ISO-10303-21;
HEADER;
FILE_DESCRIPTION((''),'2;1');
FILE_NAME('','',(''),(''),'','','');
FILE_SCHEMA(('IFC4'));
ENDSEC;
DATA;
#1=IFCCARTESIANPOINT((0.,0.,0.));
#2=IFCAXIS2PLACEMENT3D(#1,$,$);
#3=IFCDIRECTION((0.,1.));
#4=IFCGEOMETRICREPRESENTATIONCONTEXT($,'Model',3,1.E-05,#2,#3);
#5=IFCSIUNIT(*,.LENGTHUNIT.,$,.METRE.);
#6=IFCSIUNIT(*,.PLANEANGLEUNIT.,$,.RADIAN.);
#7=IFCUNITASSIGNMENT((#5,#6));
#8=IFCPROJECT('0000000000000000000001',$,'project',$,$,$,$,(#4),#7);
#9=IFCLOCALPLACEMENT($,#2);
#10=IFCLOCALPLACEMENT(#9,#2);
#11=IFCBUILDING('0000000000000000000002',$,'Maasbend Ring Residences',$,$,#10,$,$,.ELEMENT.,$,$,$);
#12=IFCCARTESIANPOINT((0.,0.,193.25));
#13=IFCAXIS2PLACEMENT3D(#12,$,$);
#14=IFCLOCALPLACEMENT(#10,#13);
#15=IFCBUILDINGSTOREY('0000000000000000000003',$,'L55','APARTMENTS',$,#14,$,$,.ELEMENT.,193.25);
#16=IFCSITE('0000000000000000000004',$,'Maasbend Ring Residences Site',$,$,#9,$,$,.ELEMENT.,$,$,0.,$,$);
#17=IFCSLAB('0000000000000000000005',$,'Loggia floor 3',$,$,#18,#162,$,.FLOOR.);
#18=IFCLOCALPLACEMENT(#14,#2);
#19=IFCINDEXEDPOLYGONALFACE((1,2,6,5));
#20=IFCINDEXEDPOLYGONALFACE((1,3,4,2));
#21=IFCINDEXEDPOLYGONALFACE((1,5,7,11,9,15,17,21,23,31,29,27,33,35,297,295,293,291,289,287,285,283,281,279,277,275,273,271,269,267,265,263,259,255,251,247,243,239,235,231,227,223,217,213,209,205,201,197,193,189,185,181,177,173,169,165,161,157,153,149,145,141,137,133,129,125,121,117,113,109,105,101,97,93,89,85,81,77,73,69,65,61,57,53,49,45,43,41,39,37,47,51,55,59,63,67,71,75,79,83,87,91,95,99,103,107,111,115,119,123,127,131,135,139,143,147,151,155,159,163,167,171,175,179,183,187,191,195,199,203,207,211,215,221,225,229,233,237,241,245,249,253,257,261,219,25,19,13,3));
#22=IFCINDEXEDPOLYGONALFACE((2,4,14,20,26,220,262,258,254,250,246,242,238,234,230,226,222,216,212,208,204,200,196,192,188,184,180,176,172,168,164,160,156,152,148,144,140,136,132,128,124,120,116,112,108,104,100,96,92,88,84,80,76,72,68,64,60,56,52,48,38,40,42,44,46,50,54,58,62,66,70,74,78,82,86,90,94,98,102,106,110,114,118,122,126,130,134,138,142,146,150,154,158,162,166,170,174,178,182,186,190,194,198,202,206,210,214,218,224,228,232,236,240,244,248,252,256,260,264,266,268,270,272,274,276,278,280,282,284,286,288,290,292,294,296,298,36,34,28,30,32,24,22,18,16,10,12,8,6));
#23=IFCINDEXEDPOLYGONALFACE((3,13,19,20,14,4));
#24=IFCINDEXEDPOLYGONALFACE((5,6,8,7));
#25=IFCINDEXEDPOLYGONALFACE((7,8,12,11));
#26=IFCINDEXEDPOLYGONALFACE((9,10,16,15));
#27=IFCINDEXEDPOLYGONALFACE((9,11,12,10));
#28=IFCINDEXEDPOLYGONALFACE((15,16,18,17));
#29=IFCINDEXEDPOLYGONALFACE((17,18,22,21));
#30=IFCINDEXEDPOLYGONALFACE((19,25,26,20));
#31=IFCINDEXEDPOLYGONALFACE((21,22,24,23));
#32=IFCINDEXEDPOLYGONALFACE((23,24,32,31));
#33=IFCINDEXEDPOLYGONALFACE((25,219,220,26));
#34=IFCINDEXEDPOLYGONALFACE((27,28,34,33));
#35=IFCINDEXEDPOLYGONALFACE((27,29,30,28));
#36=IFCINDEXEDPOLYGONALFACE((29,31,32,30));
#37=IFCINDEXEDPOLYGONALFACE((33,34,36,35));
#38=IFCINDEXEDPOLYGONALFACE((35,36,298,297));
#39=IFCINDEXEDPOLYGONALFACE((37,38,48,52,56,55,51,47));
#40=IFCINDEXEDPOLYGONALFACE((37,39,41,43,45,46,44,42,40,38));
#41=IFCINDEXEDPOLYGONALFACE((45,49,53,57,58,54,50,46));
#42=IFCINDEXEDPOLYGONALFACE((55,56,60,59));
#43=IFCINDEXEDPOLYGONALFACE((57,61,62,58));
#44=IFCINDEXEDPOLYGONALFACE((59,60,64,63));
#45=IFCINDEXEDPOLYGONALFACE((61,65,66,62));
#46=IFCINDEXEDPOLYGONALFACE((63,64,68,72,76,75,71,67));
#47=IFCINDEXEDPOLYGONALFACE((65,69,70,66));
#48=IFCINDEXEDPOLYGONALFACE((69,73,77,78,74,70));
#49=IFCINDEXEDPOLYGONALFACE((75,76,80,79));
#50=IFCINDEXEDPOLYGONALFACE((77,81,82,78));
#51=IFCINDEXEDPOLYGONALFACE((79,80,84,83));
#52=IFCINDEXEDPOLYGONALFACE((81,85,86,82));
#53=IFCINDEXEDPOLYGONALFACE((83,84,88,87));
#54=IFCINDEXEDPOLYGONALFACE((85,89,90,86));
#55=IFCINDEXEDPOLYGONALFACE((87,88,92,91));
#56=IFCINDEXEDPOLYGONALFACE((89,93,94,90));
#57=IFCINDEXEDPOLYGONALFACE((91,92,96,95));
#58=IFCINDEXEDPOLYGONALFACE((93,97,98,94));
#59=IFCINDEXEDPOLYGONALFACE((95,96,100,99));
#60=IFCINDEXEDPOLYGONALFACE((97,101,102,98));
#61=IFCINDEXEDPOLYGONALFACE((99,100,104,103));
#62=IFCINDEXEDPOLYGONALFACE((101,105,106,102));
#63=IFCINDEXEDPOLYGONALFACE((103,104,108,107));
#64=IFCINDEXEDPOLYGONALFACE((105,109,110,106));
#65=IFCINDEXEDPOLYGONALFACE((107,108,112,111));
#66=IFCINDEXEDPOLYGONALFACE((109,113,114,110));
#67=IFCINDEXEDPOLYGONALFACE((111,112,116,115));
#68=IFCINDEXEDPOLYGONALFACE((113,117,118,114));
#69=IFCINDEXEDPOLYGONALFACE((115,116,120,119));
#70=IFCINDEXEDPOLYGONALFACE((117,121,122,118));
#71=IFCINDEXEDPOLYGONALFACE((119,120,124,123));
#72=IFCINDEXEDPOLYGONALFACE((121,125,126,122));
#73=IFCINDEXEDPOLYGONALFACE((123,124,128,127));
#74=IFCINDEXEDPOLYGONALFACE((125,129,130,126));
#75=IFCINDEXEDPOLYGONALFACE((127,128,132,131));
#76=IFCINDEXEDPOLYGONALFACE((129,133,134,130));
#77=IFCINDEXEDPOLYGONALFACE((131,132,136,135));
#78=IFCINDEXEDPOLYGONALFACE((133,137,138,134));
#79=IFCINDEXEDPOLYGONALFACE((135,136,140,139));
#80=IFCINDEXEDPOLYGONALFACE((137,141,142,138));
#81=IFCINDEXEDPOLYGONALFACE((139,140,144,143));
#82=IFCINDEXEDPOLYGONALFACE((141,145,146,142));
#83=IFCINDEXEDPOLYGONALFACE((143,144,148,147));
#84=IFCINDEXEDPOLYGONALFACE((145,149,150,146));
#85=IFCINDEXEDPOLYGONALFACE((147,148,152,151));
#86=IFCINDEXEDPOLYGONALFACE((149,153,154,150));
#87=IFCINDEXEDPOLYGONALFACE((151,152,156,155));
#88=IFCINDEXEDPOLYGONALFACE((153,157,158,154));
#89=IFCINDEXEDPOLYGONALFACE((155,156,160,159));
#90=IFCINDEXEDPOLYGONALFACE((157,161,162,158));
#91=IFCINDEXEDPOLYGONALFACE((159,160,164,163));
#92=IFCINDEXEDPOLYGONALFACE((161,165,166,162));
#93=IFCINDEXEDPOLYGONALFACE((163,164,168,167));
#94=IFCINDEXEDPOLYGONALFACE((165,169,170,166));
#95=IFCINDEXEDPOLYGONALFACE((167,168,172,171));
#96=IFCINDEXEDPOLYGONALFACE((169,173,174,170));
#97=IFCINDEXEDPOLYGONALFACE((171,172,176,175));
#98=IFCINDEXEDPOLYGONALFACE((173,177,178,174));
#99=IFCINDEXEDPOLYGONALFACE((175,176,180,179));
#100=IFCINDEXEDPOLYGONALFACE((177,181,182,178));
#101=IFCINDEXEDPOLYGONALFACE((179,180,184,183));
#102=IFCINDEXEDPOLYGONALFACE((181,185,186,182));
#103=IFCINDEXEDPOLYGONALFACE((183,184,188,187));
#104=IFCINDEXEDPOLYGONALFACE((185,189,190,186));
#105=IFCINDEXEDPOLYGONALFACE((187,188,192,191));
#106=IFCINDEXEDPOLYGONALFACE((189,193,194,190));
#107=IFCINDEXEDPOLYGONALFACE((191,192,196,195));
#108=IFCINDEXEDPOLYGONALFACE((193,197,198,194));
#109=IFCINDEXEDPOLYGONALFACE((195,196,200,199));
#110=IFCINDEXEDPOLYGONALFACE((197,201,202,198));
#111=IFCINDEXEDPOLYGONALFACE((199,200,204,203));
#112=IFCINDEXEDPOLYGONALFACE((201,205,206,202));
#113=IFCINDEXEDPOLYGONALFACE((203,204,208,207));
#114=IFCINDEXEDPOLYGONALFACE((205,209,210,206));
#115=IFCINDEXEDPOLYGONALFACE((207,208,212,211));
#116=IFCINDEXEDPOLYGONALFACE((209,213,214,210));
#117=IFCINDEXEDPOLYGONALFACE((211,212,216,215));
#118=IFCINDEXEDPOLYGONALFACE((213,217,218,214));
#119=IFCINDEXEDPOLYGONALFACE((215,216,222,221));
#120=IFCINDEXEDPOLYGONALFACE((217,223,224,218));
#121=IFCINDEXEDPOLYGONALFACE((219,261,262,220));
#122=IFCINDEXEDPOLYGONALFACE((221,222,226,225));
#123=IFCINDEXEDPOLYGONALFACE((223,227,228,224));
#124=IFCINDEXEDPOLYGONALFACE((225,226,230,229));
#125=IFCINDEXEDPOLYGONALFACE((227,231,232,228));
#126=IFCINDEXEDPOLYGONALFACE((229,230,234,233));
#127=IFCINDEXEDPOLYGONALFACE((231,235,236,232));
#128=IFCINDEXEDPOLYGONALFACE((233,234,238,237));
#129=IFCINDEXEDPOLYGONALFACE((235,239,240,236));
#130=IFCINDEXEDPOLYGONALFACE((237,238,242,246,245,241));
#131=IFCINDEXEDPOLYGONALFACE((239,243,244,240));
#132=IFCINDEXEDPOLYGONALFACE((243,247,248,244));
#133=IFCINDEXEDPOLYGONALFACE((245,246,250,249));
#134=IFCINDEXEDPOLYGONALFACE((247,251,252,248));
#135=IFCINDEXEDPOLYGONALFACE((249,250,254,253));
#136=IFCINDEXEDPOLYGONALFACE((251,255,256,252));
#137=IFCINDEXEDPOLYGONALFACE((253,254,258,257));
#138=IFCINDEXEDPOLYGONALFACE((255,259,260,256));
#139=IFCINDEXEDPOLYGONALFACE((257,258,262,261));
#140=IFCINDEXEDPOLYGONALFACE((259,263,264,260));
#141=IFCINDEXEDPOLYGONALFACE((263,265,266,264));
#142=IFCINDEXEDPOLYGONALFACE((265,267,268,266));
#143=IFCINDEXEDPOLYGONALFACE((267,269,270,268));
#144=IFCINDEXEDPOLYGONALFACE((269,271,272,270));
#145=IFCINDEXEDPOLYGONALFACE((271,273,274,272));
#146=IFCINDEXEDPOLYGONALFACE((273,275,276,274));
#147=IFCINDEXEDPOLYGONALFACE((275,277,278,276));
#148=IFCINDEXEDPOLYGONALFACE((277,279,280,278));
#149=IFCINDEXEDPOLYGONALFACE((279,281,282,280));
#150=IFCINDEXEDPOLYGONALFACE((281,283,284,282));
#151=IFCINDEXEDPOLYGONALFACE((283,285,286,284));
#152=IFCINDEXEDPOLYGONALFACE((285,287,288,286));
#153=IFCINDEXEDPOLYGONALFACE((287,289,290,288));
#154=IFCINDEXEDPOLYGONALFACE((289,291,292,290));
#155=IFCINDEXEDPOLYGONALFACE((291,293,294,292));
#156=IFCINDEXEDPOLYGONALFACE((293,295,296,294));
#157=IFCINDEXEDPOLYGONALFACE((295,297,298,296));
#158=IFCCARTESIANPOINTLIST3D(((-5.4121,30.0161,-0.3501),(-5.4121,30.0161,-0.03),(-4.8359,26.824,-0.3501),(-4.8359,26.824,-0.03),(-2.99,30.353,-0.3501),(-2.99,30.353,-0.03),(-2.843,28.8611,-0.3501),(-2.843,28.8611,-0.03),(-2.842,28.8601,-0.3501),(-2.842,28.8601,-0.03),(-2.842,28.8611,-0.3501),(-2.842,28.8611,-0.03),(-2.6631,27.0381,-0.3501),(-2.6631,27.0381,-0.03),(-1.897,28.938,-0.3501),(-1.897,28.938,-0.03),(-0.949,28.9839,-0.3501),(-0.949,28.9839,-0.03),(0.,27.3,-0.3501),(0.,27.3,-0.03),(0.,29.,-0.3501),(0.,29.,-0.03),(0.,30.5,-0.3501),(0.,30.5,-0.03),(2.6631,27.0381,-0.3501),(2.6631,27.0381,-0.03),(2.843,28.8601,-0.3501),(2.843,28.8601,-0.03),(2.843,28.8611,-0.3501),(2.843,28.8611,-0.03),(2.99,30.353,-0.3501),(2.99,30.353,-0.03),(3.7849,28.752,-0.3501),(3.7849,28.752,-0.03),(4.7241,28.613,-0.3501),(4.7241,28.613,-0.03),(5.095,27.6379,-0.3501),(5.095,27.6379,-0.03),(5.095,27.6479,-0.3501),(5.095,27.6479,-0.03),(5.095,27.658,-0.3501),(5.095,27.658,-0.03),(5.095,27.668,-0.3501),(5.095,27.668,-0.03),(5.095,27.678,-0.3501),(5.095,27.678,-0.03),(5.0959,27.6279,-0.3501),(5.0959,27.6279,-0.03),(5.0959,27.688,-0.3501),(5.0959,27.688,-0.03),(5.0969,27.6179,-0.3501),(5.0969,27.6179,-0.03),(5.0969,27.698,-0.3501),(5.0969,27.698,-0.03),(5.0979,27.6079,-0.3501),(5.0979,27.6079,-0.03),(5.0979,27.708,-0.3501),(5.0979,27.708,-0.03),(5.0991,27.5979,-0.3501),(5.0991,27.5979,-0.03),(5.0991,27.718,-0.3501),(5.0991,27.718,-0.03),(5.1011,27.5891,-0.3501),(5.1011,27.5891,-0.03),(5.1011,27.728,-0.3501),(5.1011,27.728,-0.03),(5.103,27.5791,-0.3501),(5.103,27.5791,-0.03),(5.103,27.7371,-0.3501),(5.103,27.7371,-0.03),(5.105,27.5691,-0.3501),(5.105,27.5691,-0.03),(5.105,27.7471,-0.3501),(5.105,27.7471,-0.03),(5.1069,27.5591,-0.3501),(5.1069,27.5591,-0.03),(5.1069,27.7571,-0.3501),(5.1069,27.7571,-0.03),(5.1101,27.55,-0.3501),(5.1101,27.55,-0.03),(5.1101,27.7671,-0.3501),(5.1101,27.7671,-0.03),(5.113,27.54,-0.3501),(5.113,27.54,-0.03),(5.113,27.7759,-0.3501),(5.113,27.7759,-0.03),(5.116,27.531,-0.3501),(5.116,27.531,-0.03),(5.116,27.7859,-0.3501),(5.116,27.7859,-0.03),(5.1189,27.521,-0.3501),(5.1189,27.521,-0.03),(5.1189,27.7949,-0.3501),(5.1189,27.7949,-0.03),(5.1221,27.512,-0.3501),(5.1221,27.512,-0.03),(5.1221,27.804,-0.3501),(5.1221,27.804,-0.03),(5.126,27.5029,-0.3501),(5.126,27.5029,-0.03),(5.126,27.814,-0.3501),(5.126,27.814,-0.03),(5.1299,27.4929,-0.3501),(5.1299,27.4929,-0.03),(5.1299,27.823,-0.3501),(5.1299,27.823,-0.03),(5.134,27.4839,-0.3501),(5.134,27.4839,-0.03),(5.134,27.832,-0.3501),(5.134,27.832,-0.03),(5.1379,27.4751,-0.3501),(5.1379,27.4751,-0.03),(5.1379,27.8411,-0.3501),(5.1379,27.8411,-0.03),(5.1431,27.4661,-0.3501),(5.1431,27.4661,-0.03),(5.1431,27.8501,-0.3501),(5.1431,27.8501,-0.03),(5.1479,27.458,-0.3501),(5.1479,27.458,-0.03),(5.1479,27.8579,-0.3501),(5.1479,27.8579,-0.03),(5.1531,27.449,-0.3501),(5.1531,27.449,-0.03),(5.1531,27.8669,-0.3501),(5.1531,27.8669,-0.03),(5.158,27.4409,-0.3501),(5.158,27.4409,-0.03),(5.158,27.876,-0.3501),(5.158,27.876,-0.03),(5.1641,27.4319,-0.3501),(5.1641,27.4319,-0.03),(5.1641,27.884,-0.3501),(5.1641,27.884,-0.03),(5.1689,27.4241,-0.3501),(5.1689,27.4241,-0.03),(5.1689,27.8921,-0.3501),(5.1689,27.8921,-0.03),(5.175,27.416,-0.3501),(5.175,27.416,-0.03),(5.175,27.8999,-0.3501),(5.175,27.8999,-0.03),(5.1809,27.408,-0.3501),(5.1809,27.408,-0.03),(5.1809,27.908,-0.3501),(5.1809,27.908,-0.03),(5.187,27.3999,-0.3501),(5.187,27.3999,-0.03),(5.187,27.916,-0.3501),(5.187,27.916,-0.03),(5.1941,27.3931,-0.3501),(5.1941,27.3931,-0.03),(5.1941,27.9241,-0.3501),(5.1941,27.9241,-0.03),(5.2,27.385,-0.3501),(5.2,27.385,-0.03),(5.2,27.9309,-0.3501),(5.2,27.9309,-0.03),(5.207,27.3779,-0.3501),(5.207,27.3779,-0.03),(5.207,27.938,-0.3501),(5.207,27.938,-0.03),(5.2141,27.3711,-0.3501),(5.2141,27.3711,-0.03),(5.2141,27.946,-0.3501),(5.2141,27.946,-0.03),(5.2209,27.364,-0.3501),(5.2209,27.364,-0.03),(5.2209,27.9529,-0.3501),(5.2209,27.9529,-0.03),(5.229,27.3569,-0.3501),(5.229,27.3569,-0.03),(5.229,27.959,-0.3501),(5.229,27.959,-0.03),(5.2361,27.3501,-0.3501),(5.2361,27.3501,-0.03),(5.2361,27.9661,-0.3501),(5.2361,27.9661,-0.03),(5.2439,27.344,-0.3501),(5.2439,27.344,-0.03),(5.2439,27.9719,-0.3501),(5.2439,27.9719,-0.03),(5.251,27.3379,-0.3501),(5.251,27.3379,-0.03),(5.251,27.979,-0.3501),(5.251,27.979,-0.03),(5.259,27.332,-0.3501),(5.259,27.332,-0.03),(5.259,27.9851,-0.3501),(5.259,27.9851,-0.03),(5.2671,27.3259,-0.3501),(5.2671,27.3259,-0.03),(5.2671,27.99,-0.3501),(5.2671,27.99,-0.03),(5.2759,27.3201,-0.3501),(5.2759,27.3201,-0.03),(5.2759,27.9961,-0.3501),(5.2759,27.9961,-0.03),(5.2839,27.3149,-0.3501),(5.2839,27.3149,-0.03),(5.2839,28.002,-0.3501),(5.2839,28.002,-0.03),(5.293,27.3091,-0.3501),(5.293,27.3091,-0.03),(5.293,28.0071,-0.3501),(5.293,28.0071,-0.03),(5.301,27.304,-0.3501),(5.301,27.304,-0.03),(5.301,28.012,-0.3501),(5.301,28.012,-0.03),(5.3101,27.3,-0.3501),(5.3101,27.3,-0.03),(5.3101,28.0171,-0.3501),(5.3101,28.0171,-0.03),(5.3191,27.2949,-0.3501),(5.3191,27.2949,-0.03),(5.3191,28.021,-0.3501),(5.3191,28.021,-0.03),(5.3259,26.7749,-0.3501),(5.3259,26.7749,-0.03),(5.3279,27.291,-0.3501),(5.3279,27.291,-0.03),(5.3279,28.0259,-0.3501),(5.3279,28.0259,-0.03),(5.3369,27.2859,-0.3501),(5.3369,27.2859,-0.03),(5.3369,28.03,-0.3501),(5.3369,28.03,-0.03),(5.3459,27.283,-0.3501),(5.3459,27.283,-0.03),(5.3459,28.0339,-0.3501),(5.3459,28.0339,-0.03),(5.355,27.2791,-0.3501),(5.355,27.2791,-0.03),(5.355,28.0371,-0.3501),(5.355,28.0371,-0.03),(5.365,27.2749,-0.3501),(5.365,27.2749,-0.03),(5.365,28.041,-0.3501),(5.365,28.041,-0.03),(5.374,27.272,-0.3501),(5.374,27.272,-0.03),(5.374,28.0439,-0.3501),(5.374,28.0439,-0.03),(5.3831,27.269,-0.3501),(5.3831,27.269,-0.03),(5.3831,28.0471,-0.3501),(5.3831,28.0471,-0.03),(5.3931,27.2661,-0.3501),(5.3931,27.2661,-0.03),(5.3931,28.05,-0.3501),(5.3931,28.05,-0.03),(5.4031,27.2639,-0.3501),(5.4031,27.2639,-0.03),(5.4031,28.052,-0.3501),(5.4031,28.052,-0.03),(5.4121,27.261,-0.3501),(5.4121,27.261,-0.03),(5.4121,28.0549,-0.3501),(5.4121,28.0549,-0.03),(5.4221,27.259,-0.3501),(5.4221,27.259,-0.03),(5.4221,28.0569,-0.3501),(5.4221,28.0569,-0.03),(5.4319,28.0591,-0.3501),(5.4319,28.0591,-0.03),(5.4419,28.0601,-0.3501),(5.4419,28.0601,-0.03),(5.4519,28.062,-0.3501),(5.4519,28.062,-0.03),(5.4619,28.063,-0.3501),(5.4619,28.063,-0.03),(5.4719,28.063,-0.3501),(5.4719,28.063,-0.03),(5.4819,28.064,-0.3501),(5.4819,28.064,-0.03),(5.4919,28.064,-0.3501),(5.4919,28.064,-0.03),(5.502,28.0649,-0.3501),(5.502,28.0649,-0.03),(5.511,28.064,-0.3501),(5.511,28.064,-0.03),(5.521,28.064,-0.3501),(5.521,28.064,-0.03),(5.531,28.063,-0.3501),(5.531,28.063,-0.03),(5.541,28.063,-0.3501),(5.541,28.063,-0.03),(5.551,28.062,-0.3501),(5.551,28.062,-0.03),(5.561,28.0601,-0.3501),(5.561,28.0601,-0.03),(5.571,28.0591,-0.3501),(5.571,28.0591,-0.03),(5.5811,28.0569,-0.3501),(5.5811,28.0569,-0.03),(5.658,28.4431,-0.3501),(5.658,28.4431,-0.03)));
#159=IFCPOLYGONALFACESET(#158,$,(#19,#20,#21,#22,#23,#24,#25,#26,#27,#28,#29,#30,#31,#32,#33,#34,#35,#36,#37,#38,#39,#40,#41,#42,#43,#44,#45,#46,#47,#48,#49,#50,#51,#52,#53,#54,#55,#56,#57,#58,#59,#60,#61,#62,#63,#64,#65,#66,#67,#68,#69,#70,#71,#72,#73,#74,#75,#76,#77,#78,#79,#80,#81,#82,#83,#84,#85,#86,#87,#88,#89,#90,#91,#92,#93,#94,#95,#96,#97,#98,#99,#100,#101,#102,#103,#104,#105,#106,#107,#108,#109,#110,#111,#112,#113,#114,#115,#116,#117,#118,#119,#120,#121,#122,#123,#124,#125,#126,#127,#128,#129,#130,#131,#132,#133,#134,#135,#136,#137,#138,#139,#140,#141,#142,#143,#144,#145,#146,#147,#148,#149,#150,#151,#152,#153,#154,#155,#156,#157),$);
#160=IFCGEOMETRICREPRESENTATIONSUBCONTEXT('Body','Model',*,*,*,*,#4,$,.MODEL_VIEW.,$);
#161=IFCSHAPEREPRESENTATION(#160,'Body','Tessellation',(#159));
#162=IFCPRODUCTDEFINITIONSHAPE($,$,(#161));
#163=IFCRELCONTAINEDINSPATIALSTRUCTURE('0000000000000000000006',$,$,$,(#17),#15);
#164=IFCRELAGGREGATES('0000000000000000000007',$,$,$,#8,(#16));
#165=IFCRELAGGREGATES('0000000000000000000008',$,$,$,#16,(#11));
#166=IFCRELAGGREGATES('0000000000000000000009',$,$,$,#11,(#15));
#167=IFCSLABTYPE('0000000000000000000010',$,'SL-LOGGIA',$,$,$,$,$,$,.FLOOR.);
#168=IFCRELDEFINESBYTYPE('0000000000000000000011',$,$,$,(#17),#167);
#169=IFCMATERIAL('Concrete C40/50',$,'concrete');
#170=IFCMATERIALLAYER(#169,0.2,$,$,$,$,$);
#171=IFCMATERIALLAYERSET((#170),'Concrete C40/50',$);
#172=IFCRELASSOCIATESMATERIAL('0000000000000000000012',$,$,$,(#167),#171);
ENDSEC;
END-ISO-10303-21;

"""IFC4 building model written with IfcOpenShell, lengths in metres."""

from ifc_helpers import new_model, si_unit, direction, frame, origin, place, context, subcontext, project, spatial, polyline, outline, extrude, material, layer, layer_set, type_object, element, save


model = new_model("IFC4")

# Units and contexts
model_context = context("Model", 3, precision=1e-05, world=origin(), true_north=direction((0.0, 1.0)))
body_context = subcontext(model_context, "Body", "Model", "MODEL_VIEW")
ifc_project = project(units=[si_unit("LENGTHUNIT", "METRE"), si_unit("PLANEANGLEUNIT", "RADIAN")], contexts=[model_context])

# Site, building, storey
site_placement = place(None, origin())
site = spatial("IfcSite", under=ifc_project, at=site_placement, Name="Maasbend Ring Residences Site", CompositionType="ELEMENT", RefElevation=0.0)
building_placement = place(site_placement, origin())
building = spatial("IfcBuilding", under=site, at=building_placement, Name="Maasbend Ring Residences", CompositionType="ELEMENT")
storey_placement = place(building_placement, frame((0.0, 0.0, 193.25)))
storey = spatial("IfcBuildingStorey", under=building, at=storey_placement, Name="L55", Description="APARTMENTS", CompositionType="ELEMENT", Elevation=193.25)

# Slab
ifc_material_1 = material(Name="Concrete C40/50", Category="concrete")
ifc_layer_1 = layer(ifc_material_1, 0.2)
ifc_layer_set_1 = layer_set([ifc_layer_1], Name="Concrete C40/50")
slab_type_1 = type_object("IfcSlabType", Name="SL-LOGGIA", PredefinedType="FLOOR", material=ifc_layer_set_1)
slab_1_placement = place(storey_placement, frame((0.0, 0.0, -0.3501)))
element("IfcSlab", 1, at=slab_1_placement, inside=storey, type_object=slab_type_1, Name="Loggia floor 3", PredefinedType="FLOOR", context=body_context, shape_type="SweptSolid", body=[
    extrude(outline(polyline([(-2.843, 28.8611), (-2.843, 28.8611), (-2.843, 28.8611), (-2.843, 28.8611), (-2.842, 28.8611), (-2.842, 28.8611), (-2.842, 28.8611), (-2.842, 28.8611), (-2.842, 28.8611), (-2.842, 28.8601), (-2.842, 28.8601), (-2.842, 28.8601), (-2.842, 28.8601), (-2.842, 28.8601), (-2.842, 28.8601), (-2.842, 28.8601), (-2.842, 28.8601), (-1.897, 28.938), (-1.897, 28.938), (-0.949, 28.9839), (-0.949, 28.9839), (0.0, 29.0), (0.0, 29.0), (0.0, 29.0), (0.0, 29.0), (0.0, 29.0), (0.0, 29.0), (0.0, 29.0), (0.0, 29.0), (0.0, 29.0), (0.0, 29.0), (0.0, 29.0), (0.0, 29.0), (0.0, 29.0), (0.0, 29.0), (0.0, 29.0), (0.0, 29.0), (0.0, 29.0), (0.0, 30.5), (0.0, 30.5), (0.0, 30.5), (2.99, 30.353), (2.99, 30.353), (2.99, 30.353), (2.843, 28.8611), (2.843, 28.8611), (2.843, 28.8611), (2.843, 28.8611), (2.843, 28.8611), (2.843, 28.8611), (2.843, 28.8611), (2.843, 28.8611), (2.843, 28.8601), (2.843, 28.8601), (2.843, 28.8601), (2.843, 28.8601), (2.843, 28.8601), (2.843, 28.8601), (2.843, 28.8601), (2.843, 28.8601), (2.843, 28.8601), (3.7849, 28.752), (3.7849, 28.752), (4.7241, 28.613), (4.7241, 28.613), (5.658, 28.4431), (5.658, 28.4431), (5.658, 28.4431), (5.5811, 28.0569), (5.5811, 28.0569), (5.571, 28.0591), (5.561, 28.0601), (5.551, 28.062), (5.541, 28.063), (5.531, 28.063), (5.521, 28.064), (5.511, 28.064), (5.502, 28.0649), (5.4919, 28.064), (5.4819, 28.064), (5.4719, 28.063), (5.4619, 28.063), (5.4519, 28.062), (5.4419, 28.0601), (5.4319, 28.0591), (5.4221, 28.0569), (5.4121, 28.0549), (5.4031, 28.052), (5.3931, 28.05), (5.3831, 28.0471), (5.374, 28.0439), (5.365, 28.041), (5.355, 28.0371), (5.3459, 28.0339), (5.3369, 28.03), (5.3279, 28.0259), (5.3191, 28.021), (5.3101, 28.0171), (5.301, 28.012), (5.293, 28.0071), (5.2839, 28.002), (5.2759, 27.9961), (5.2671, 27.99), (5.259, 27.9851), (5.251, 27.979), (5.2439, 27.9719), (5.2361, 27.9661), (5.229, 27.959), (5.2209, 27.9529), (5.2141, 27.946), (5.207, 27.938), (5.2, 27.9309), (5.1941, 27.9241), (5.187, 27.916), (5.1809, 27.908), (5.175, 27.8999), (5.1689, 27.8921), (5.1641, 27.884), (5.158, 27.876), (5.1531, 27.8669), (5.1479, 27.8579), (5.1431, 27.8501), (5.1379, 27.8411), (5.134, 27.832), (5.1299, 27.823), (5.126, 27.814), (5.1221, 27.804), (5.1189, 27.7949), (5.116, 27.7859), (5.113, 27.7759), (5.1101, 27.7671), (5.1069, 27.7571), (5.105, 27.7471), (5.103, 27.7371), (5.1011, 27.728), (5.0991, 27.718), (5.0979, 27.708), (5.0969, 27.698), (5.0959, 27.688), (5.095, 27.678), (5.095, 27.668), (5.095, 27.658), (5.095, 27.6479), (5.095, 27.6379), (5.0959, 27.6279), (5.0969, 27.6179), (5.0979, 27.6079), (5.0991, 27.5979), (5.1011, 27.5891), (5.103, 27.5791), (5.105, 27.5691), (5.1069, 27.5591), (5.1101, 27.55), (5.113, 27.54), (5.116, 27.531), (5.1189, 27.521), (5.1221, 27.512), (5.126, 27.5029), (5.1299, 27.4929), (5.134, 27.4839), (5.1379, 27.4751), (5.1431, 27.4661), (5.1479, 27.458), (5.1531, 27.449), (5.158, 27.4409), (5.1641, 27.4319), (5.1689, 27.4241), (5.175, 27.416), (5.1809, 27.408), (5.187, 27.3999), (5.1941, 27.3931), (5.2, 27.385), (5.207, 27.3779), (5.2141, 27.3711), (5.2209, 27.364), (5.229, 27.3569), (5.2361, 27.3501), (5.2439, 27.344), (5.251, 27.3379), (5.259, 27.332), (5.2671, 27.3259), (5.2759, 27.3201), (5.2839, 27.3149), (5.293, 27.3091), (5.301, 27.304), (5.3101, 27.3), (5.3191, 27.2949), (5.3279, 27.291), (5.3369, 27.2859), (5.3459, 27.283), (5.355, 27.2791), (5.365, 27.2749), (5.374, 27.272), (5.3831, 27.269), (5.3931, 27.2661), (5.4031, 27.2639), (5.4121, 27.261), (5.4221, 27.259), (5.4221, 27.259), (5.3259, 26.7749), (5.3259, 26.7749), (5.3259, 26.7749), (2.6631, 27.0381), (0.0, 27.3), (0.0, 27.3), (0.0, 27.3), (-2.6631, 27.0381), (-4.8359, 26.824), (-4.8359, 26.824), (-4.8359, 26.824), (-5.4121, 30.0161), (-5.4121, 30.0161), (-5.4121, 30.0161), (-2.99, 30.353), (-2.99, 30.353), (-2.99, 30.353), (-2.843, 28.8611)])), origin(), (0.0, 0.0, 1.0), 0.3201),
])

save(model, "model.ifc")
